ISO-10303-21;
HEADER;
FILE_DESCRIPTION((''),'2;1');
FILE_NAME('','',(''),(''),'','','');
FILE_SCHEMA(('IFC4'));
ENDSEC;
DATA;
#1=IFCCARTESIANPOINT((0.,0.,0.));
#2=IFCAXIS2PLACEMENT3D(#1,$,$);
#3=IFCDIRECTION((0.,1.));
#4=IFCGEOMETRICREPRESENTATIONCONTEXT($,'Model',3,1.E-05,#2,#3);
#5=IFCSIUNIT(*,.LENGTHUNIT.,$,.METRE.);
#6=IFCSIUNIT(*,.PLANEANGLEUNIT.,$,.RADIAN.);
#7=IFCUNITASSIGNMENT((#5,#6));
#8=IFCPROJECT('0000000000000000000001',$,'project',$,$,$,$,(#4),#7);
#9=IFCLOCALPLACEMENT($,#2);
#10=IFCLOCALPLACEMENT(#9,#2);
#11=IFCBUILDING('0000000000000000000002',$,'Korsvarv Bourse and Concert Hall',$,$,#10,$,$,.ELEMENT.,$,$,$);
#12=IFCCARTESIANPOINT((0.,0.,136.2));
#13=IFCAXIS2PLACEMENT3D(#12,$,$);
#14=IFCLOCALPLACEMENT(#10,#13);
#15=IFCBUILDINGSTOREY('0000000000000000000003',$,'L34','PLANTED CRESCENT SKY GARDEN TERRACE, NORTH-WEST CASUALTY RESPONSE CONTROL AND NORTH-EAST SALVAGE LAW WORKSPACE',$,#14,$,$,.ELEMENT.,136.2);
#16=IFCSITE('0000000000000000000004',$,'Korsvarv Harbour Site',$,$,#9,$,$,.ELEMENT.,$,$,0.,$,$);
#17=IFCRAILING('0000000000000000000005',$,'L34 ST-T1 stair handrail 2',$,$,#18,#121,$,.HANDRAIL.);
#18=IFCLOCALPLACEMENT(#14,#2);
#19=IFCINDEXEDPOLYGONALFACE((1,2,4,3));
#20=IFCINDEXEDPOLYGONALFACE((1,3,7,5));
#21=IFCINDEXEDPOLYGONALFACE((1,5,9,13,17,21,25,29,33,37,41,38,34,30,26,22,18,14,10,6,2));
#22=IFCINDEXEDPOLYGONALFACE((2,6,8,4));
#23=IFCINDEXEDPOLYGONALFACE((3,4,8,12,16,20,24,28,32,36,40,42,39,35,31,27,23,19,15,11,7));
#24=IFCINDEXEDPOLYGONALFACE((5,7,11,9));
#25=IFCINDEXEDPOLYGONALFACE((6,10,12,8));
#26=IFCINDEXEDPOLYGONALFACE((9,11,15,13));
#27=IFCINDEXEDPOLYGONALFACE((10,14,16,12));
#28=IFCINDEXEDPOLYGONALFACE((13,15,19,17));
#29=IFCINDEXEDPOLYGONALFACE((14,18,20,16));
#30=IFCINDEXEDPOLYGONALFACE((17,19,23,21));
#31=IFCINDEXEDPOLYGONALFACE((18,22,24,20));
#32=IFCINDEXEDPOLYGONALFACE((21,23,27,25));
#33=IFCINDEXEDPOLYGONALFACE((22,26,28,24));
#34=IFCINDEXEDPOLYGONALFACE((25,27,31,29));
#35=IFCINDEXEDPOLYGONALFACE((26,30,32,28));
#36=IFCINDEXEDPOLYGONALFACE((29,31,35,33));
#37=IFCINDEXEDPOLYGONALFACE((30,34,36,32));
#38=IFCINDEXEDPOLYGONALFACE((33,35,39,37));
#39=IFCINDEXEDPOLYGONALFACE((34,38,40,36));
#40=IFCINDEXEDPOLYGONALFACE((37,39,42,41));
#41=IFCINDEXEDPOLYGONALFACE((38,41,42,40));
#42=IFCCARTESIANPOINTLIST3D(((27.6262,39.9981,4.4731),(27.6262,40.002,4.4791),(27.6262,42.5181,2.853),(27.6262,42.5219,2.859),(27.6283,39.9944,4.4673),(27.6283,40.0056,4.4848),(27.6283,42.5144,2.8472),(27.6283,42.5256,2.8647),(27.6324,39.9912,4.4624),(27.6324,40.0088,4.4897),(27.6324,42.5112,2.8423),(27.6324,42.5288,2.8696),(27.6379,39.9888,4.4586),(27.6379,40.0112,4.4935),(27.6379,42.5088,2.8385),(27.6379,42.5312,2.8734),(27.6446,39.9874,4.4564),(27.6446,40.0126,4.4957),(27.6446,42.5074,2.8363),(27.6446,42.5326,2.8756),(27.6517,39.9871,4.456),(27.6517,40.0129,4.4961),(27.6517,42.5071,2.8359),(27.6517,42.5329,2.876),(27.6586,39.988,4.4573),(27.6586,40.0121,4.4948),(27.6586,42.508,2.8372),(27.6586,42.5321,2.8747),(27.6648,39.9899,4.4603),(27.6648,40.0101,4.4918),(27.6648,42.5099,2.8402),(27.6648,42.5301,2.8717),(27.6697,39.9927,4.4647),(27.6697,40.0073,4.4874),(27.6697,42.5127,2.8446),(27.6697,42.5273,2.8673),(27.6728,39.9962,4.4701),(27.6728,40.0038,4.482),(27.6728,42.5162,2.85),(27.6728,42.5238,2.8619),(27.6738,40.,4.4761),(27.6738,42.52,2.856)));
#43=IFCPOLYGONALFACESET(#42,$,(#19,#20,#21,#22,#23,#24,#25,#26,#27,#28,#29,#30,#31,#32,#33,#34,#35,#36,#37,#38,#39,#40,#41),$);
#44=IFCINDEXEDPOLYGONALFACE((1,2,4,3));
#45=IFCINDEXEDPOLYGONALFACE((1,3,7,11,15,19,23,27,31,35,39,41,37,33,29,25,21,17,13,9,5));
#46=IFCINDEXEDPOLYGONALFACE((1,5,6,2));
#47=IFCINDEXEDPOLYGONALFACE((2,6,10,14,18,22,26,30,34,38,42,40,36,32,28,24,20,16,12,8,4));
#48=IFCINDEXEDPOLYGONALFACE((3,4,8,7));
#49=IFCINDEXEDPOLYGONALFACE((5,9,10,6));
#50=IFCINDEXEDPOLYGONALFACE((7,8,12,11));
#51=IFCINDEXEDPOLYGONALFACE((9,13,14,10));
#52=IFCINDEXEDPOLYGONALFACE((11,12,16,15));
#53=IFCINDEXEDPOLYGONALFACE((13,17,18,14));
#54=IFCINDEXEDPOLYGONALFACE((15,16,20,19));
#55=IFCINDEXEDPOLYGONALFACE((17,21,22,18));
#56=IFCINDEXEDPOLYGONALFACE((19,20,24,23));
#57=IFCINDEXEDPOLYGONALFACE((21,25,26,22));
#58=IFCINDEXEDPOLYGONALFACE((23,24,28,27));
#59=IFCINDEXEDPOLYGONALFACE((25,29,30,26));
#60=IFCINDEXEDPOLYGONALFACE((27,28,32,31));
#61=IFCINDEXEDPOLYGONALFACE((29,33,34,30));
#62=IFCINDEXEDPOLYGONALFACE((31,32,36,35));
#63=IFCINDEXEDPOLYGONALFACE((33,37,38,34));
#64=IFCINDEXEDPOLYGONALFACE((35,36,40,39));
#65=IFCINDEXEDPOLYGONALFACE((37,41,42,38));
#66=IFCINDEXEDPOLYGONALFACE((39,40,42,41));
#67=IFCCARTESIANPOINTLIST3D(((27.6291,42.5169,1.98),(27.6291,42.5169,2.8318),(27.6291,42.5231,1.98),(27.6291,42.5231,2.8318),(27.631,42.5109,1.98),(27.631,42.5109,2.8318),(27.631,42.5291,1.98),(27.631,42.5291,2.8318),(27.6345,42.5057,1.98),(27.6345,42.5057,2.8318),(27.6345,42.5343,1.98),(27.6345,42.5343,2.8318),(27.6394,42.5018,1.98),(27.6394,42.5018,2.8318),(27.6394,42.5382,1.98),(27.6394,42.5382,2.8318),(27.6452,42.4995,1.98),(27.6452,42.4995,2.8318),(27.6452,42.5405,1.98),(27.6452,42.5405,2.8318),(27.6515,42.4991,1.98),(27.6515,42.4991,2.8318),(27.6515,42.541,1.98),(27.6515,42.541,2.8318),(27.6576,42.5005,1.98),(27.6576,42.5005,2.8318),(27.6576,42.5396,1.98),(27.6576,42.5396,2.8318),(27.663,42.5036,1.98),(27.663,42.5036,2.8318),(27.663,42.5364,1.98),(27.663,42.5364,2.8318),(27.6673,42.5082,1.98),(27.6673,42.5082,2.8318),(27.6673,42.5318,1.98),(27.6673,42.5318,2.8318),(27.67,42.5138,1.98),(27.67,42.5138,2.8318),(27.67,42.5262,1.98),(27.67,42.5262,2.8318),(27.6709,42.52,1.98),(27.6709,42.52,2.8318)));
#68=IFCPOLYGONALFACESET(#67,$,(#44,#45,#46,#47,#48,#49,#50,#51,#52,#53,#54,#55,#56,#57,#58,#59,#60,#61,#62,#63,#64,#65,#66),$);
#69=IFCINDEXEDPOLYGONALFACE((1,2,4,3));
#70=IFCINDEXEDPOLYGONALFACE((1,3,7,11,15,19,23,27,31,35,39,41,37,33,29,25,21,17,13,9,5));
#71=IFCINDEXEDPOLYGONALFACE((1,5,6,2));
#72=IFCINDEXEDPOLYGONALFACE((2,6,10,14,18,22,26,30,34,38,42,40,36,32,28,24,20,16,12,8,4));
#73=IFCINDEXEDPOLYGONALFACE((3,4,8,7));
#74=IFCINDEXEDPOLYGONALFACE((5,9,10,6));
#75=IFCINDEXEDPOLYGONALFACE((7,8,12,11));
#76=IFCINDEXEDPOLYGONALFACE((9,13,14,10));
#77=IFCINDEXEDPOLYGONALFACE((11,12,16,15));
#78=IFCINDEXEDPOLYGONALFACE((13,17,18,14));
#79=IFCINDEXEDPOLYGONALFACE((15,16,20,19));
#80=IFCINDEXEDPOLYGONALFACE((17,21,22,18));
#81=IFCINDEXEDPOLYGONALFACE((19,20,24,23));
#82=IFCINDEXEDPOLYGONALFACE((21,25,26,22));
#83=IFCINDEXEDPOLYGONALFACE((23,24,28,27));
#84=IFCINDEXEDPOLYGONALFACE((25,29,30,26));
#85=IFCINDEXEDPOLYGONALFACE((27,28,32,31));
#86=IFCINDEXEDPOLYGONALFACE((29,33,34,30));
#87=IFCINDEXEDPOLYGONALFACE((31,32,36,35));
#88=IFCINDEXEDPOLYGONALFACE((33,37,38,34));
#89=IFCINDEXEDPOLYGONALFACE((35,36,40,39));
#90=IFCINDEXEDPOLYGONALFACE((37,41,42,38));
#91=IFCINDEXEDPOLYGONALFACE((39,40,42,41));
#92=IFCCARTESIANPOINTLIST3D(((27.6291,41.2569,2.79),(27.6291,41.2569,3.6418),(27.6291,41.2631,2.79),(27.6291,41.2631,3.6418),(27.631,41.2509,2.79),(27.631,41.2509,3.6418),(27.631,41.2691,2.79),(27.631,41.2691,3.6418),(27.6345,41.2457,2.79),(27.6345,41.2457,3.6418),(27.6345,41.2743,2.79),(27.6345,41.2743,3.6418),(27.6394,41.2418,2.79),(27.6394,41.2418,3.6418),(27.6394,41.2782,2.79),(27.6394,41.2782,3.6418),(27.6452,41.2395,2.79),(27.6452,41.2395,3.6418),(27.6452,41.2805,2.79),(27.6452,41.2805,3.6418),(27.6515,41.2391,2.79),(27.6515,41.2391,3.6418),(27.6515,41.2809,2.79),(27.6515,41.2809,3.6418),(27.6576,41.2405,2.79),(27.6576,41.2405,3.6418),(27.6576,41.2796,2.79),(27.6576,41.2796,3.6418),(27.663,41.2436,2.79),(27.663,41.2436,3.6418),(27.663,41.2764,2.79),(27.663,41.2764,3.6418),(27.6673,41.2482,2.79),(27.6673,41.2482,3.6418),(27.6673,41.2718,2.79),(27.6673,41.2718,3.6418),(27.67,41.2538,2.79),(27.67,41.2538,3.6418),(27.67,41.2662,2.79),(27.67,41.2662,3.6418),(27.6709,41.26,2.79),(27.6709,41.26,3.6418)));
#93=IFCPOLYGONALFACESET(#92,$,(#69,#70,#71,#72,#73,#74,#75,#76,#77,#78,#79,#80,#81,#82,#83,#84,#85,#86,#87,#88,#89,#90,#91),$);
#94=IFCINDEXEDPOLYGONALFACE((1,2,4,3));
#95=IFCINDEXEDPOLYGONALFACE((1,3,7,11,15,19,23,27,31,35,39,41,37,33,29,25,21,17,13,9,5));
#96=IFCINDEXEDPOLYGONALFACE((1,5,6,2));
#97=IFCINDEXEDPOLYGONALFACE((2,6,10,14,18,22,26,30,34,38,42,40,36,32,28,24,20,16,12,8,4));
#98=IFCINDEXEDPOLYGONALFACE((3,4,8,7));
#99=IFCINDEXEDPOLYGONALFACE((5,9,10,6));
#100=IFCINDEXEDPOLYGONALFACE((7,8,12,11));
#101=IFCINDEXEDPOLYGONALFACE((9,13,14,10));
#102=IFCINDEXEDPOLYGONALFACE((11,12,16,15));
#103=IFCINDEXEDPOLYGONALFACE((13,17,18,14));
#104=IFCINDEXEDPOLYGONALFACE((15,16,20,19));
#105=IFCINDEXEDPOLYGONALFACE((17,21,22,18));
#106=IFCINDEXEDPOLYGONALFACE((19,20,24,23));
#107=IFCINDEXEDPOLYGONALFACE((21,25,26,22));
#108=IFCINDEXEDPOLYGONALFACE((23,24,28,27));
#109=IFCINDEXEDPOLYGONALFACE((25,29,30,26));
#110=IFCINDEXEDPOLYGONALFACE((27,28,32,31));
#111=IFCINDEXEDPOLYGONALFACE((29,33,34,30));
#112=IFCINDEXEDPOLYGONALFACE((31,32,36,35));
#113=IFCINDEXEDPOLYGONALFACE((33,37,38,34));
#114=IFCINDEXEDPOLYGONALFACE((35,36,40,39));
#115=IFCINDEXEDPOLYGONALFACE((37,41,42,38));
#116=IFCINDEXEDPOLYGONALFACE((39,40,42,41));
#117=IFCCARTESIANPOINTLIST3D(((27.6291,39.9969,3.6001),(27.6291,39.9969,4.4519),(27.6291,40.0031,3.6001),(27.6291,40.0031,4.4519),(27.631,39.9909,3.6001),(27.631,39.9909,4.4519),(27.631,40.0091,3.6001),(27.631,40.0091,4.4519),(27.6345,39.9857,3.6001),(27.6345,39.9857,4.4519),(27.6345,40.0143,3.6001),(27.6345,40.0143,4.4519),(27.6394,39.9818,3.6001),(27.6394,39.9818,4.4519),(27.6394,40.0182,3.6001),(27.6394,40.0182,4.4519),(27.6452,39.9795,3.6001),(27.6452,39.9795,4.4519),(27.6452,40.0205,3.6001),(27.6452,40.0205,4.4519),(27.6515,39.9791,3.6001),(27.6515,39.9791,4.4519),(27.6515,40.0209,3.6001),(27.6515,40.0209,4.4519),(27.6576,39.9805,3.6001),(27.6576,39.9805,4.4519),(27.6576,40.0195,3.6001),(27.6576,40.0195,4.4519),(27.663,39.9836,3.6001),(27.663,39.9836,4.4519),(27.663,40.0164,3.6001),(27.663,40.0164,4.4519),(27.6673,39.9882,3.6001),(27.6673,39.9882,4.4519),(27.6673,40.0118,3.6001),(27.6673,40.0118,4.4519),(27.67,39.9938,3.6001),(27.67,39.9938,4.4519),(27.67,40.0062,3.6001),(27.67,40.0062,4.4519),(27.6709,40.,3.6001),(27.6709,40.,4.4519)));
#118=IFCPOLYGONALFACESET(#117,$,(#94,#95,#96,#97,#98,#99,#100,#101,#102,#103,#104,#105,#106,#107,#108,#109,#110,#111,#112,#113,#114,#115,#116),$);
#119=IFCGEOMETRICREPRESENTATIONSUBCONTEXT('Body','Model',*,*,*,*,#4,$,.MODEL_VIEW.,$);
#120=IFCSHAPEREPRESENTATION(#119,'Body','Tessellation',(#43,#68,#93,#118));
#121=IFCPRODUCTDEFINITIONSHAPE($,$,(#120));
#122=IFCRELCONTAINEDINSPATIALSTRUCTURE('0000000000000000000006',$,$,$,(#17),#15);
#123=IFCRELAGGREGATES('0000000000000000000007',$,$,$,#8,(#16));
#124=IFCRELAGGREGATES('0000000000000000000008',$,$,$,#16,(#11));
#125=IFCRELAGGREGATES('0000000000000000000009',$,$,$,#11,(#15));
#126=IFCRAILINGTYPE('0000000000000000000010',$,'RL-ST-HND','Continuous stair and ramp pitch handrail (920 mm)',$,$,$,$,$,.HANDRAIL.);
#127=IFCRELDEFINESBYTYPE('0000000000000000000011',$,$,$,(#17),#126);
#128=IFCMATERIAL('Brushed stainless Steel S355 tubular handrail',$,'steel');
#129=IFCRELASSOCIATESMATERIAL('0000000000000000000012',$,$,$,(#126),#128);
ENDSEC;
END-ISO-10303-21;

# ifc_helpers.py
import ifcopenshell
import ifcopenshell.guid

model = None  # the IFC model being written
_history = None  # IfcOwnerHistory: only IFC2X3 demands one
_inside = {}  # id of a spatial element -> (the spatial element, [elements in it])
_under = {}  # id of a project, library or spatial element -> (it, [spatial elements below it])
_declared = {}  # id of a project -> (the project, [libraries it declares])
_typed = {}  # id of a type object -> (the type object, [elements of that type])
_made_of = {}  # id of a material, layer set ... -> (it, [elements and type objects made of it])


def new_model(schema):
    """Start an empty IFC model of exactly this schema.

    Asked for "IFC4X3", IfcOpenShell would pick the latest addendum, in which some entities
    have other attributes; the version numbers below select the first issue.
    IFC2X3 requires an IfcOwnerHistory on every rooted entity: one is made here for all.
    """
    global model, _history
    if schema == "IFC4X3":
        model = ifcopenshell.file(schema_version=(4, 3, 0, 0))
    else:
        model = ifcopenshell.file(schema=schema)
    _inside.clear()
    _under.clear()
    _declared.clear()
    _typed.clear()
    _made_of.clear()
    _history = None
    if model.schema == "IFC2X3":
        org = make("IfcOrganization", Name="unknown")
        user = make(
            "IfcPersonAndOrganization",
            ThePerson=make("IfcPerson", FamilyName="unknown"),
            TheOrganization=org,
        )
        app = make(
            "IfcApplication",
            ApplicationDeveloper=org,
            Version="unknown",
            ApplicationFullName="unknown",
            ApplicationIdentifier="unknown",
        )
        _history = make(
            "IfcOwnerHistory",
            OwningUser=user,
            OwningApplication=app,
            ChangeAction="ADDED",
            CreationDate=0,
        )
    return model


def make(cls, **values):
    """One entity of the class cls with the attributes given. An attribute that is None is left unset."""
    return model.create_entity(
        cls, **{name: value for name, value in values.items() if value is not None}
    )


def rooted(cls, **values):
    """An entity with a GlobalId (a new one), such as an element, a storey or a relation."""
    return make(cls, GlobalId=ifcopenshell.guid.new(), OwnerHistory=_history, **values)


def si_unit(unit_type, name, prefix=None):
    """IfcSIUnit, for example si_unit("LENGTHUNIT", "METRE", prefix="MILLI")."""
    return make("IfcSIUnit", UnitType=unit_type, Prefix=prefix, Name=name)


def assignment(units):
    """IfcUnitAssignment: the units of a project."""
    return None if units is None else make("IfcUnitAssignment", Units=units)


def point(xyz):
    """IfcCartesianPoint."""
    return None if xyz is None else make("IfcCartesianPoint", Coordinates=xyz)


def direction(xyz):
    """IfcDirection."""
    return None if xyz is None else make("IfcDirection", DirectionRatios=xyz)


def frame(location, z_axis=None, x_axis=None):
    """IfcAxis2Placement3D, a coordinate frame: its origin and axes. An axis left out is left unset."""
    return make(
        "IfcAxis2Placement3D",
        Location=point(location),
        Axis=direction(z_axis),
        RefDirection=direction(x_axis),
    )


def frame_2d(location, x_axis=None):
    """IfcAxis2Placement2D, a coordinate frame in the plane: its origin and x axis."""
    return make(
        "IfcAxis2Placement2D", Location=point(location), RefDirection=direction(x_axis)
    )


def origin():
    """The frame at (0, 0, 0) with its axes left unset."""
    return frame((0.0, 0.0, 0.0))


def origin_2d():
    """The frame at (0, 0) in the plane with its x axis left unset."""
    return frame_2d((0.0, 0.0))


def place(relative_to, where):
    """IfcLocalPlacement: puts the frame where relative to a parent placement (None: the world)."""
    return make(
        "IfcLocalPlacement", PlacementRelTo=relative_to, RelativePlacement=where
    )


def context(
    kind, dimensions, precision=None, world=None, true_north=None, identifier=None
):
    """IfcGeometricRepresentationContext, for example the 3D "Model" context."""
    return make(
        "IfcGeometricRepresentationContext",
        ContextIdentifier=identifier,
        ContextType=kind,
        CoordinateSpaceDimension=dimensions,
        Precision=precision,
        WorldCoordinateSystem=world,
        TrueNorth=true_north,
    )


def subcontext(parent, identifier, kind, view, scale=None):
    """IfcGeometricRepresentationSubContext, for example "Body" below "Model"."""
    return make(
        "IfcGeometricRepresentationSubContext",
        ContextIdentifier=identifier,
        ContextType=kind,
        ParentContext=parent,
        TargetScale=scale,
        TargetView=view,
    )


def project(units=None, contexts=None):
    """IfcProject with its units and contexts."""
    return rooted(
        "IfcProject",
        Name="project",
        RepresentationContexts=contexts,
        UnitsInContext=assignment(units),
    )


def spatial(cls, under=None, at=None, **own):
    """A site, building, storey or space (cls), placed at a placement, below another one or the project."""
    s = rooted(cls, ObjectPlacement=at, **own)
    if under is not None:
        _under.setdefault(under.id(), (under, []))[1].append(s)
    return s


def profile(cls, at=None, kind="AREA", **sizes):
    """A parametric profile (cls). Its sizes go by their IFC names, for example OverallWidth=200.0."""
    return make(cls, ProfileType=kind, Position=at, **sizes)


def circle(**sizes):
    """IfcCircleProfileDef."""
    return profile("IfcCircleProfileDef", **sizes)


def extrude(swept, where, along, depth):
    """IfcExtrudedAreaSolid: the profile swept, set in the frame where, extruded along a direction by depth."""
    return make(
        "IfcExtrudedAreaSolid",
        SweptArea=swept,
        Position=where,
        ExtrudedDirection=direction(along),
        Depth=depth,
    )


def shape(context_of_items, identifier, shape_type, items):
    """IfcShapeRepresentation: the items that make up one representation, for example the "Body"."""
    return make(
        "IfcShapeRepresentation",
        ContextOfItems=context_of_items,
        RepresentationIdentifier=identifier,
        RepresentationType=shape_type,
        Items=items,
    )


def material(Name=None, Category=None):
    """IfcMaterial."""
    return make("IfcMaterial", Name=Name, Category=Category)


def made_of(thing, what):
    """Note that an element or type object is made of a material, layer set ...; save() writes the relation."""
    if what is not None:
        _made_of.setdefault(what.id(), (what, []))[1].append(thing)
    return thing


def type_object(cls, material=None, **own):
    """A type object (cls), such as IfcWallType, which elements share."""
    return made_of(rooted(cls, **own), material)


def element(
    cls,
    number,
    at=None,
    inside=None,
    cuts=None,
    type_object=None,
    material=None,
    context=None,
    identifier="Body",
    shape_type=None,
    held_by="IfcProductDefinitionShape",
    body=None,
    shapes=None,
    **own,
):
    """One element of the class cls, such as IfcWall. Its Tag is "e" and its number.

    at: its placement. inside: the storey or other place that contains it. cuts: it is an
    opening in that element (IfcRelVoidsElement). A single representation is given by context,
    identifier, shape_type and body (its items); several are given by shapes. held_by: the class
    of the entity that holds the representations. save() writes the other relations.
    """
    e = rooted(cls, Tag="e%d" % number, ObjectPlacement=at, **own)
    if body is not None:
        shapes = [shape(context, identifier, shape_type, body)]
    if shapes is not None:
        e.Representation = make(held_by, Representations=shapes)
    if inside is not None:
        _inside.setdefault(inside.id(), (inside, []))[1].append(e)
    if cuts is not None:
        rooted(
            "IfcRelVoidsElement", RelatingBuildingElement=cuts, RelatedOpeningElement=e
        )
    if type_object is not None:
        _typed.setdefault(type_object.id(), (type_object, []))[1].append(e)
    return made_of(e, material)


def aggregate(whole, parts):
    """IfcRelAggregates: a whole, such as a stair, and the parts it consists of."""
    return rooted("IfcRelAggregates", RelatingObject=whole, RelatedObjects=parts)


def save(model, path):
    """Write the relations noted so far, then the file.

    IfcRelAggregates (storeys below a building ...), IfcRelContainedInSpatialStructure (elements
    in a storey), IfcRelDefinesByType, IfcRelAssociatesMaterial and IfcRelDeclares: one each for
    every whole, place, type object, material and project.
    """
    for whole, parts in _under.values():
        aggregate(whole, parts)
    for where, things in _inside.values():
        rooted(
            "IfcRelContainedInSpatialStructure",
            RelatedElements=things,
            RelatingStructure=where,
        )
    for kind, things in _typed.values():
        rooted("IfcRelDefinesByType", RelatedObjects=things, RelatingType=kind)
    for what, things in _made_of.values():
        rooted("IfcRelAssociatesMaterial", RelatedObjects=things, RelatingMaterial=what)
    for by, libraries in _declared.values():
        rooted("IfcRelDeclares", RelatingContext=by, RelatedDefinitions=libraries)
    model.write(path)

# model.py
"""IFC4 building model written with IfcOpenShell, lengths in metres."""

from ifc_helpers import new_model, si_unit, direction, frame, origin, origin_2d, place, context, subcontext, project, spatial, circle, extrude, material, type_object, element, save


model = new_model("IFC4")

# Units and contexts
model_context = context("Model", 3, precision=1e-05, world=origin(), true_north=direction((0.0, 1.0)))
body_context = subcontext(model_context, "Body", "Model", "MODEL_VIEW")
ifc_project = project(units=[si_unit("LENGTHUNIT", "METRE"), si_unit("PLANEANGLEUNIT", "RADIAN")], contexts=[model_context])

# Site, building, storey
site_placement = place(None, origin())
site = spatial("IfcSite", under=ifc_project, at=site_placement, Name="Korsvarv Harbour Site", CompositionType="ELEMENT", RefElevation=0.0)
building_placement = place(site_placement, origin())
building = spatial("IfcBuilding", under=site, at=building_placement, Name="Korsvarv Bourse and Concert Hall", CompositionType="ELEMENT")
storey_placement = place(building_placement, frame((0.0, 0.0, 136.2)))
storey = spatial("IfcBuildingStorey", under=building, at=storey_placement, Name="L34", Description="PLANTED CRESCENT SKY GARDEN TERRACE, NORTH-WEST CASUALTY RESPONSE CONTROL AND NORTH-EAST SALVAGE LAW WORKSPACE", CompositionType="ELEMENT", Elevation=136.2)

# Railing
ifc_material_1 = material(Name="Brushed stainless Steel S355 tubular handrail", Category="steel")
railing_type_1 = type_object("IfcRailingType", Name="RL-ST-HND", Description="Continuous stair and ramp pitch handrail (920 mm)", PredefinedType="HANDRAIL", material=ifc_material_1)
railing_1_placement = place(storey_placement, frame((27.6499, 42.52, 1.98)))
element("IfcRailing", 1, at=railing_1_placement, inside=storey, type_object=railing_type_1, Name="L34 ST-T1 stair handrail 2", PredefinedType="HANDRAIL", context=body_context, shape_type="SweptSolid", body=[
    extrude(circle(Radius=0.0239, at=origin_2d()), frame((0.0, 0.0, 0.876), z_axis=(0.0, -0.841163, 0.540782), x_axis=(1.0, 0.0, 0.0)), (0.0, 0.0, 1.0), 2.9958),
    extrude(circle(Radius=0.021, at=origin_2d()), origin(), (0.0, 0.0, 1.0), 0.8518),
    extrude(circle(Radius=0.021, at=origin_2d()), frame((0.0, -1.26, 0.8101)), (0.0, 0.0, 1.0), 0.8518),
    extrude(circle(Radius=0.021, at=origin_2d()), frame((0.0, -2.52, 1.6201)), (0.0, 0.0, 1.0), 0.8518),
])

save(model, "model.ifc")
